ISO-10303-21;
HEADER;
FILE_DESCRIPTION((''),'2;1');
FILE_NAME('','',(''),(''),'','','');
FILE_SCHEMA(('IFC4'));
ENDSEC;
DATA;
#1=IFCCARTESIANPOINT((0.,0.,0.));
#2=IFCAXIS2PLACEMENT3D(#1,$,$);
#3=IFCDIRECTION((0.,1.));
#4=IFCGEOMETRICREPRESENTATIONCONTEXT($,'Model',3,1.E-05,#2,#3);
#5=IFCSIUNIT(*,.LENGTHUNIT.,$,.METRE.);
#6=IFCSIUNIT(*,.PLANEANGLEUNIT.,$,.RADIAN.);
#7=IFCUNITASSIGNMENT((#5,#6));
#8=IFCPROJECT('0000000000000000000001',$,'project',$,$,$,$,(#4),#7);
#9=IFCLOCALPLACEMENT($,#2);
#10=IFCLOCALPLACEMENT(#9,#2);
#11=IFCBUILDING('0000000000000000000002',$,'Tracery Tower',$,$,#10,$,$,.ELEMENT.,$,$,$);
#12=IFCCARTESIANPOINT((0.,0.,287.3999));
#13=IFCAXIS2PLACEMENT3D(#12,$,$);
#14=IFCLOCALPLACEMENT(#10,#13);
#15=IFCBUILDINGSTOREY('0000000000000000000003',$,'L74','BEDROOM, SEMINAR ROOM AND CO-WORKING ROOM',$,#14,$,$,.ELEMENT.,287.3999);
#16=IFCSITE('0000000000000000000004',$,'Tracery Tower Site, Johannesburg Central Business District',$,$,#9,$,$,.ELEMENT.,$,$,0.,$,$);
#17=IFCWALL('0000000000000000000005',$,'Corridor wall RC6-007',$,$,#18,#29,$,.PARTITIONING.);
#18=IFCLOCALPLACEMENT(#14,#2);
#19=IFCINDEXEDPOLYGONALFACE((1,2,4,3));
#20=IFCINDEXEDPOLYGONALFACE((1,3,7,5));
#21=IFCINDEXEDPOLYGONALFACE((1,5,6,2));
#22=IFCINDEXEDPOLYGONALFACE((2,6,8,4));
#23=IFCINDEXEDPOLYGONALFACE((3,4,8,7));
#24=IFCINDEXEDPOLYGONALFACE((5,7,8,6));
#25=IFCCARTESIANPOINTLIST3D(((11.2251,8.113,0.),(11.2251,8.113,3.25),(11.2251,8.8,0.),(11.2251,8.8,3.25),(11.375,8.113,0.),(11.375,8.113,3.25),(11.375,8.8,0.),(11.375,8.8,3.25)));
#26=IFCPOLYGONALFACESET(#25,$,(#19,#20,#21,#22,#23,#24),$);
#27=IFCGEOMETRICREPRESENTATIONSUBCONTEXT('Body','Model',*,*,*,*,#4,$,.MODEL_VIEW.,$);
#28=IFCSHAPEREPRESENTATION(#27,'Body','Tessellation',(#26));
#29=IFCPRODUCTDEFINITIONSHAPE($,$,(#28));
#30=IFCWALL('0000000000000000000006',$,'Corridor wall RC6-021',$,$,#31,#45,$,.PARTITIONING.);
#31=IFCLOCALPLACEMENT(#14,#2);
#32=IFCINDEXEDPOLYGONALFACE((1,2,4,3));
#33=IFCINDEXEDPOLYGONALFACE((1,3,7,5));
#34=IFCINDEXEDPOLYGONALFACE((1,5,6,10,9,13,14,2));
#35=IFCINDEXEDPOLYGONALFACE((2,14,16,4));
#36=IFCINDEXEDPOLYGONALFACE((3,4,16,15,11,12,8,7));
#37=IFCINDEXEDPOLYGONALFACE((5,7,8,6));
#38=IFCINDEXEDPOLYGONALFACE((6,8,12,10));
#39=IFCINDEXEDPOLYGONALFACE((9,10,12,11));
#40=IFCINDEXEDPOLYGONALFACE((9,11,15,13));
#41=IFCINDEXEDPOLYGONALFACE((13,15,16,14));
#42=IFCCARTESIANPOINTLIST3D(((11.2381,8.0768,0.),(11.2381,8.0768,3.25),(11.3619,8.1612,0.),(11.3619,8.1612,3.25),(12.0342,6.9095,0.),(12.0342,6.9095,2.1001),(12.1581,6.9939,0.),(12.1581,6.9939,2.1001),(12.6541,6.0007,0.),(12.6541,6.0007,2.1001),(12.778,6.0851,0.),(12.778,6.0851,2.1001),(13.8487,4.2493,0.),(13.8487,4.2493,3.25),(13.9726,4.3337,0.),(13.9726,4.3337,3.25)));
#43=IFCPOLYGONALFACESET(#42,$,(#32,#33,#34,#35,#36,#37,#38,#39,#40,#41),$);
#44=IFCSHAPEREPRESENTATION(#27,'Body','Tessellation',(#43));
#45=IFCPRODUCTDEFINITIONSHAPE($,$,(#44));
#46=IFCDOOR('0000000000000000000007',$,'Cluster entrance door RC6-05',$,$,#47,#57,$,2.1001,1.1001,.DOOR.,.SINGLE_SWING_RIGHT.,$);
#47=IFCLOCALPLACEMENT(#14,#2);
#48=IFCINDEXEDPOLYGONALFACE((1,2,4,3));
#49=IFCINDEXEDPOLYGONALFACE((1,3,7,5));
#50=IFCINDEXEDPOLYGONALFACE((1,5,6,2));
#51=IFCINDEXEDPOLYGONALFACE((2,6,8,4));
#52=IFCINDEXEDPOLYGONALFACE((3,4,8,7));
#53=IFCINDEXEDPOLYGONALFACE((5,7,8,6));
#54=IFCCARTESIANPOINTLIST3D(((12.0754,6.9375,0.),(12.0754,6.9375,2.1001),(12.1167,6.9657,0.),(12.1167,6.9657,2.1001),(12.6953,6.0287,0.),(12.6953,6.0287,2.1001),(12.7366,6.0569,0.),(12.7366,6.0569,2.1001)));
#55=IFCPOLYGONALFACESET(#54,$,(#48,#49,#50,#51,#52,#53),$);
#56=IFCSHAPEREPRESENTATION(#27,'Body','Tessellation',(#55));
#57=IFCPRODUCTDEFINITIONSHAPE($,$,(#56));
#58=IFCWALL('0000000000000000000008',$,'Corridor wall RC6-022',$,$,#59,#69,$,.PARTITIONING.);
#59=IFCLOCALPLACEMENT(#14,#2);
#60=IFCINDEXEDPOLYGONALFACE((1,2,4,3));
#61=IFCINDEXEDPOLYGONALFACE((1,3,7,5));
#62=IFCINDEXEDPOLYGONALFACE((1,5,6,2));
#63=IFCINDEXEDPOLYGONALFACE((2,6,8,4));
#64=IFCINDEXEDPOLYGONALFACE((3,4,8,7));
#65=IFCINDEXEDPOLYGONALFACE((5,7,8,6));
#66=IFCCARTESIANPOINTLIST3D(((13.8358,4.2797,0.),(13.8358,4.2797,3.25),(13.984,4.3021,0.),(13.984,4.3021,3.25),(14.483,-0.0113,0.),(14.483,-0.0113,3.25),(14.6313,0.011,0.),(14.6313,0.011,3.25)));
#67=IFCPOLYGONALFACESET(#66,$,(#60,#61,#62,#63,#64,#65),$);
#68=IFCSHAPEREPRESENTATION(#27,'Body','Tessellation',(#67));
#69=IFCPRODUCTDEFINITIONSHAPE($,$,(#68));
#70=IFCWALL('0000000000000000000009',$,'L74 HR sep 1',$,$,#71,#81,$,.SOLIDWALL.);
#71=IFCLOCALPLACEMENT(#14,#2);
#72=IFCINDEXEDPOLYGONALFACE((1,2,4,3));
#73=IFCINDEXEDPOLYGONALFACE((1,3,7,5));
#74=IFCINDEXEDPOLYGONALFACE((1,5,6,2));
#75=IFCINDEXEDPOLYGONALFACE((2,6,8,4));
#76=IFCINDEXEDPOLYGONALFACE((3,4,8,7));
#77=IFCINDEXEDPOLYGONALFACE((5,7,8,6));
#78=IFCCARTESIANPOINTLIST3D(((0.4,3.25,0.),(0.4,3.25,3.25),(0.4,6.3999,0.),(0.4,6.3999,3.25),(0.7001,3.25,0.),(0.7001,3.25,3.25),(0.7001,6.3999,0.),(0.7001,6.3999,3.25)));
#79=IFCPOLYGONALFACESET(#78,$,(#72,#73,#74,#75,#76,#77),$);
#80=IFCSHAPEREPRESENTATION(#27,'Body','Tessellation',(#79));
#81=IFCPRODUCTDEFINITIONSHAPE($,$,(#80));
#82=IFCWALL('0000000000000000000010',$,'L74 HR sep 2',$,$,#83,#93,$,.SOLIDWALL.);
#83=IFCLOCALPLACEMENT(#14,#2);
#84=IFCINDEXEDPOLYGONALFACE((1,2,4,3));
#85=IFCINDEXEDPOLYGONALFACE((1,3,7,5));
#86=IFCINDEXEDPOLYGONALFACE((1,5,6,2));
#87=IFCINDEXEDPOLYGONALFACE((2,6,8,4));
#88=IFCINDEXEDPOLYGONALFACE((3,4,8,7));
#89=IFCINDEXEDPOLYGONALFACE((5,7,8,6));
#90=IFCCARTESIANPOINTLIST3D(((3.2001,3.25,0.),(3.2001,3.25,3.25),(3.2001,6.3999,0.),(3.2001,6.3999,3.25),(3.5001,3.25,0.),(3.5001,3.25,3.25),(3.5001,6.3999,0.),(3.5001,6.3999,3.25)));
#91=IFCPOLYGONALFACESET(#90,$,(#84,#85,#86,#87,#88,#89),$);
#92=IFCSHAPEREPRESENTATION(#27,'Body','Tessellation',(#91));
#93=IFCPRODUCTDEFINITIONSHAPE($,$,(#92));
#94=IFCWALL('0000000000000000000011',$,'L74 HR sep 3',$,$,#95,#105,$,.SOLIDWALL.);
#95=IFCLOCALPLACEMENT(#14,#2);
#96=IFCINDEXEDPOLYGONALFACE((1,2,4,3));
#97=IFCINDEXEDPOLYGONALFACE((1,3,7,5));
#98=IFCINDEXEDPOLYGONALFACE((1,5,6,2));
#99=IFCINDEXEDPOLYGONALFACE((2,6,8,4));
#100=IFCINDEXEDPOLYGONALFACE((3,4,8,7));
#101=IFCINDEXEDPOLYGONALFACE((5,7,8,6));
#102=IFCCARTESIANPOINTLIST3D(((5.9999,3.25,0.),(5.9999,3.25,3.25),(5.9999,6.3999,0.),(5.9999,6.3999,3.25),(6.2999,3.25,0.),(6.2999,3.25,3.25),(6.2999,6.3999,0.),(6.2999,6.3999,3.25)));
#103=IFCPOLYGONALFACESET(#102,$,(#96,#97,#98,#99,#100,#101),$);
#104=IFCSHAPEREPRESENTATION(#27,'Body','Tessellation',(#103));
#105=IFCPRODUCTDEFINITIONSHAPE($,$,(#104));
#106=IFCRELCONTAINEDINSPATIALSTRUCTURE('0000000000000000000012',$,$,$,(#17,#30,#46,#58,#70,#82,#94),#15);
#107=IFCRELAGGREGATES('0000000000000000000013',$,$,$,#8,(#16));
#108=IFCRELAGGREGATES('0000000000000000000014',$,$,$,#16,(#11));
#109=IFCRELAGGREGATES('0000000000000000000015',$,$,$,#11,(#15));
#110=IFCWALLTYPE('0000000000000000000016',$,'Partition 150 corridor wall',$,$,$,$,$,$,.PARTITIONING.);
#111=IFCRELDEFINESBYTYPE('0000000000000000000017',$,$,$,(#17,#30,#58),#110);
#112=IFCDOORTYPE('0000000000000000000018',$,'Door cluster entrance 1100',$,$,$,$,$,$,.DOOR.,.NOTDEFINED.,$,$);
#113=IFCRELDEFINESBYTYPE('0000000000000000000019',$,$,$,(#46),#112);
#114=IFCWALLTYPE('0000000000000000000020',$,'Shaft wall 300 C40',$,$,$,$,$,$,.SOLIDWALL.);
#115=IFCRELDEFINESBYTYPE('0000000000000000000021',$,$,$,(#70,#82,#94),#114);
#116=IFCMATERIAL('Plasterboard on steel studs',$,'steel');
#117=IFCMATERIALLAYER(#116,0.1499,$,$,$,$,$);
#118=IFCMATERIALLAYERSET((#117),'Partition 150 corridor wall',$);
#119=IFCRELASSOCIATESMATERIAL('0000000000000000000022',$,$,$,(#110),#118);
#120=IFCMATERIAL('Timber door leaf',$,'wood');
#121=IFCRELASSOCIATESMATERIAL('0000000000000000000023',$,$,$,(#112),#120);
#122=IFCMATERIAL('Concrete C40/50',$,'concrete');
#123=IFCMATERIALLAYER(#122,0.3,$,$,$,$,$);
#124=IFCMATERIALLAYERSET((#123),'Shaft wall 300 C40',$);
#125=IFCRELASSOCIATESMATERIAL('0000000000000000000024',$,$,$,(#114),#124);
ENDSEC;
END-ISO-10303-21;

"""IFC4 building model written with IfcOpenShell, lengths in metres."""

from ifc_helpers import new_model, si_unit, direction, frame, frame_2d, origin, place, context, subcontext, project, spatial, rectangle, extrude, material, layer, layer_set, type_object, element, fill, save


model = new_model("IFC4")

# Units and contexts
model_context = context("Model", 3, precision=1e-05, world=origin(), true_north=direction((0.0, 1.0)))
body_context = subcontext(model_context, "Body", "Model", "MODEL_VIEW")
ifc_project = project(units=[si_unit("LENGTHUNIT", "METRE"), si_unit("PLANEANGLEUNIT", "RADIAN")], contexts=[model_context])

# Site, building, storey
site_placement = place(None, origin())
site = spatial("IfcSite", under=ifc_project, at=site_placement, Name="Tracery Tower Site, Johannesburg Central Business District", CompositionType="ELEMENT", RefElevation=0.0)
building_placement = place(site_placement, origin())
building = spatial("IfcBuilding", under=site, at=building_placement, Name="Tracery Tower", CompositionType="ELEMENT")
storey_placement = place(building_placement, frame((0.0, 0.0, 287.3999)))
storey = spatial("IfcBuildingStorey", under=building, at=storey_placement, Name="L74", Description="BEDROOM, SEMINAR ROOM AND CO-WORKING ROOM", CompositionType="ELEMENT", Elevation=287.3999)

# Wall
ifc_material_1 = material(Name="Plasterboard on steel studs", Category="steel")
ifc_layer_1 = layer(ifc_material_1, 0.1499)
ifc_layer_set_1 = layer_set([ifc_layer_1], Name="Partition 150 corridor wall")
wall_type_1 = type_object("IfcWallType", Name="Partition 150 corridor wall", PredefinedType="PARTITIONING", material=ifc_layer_set_1)
wall_1_placement = place(storey_placement, frame((11.3, 8.113, 0.0), z_axis=(0.0, 0.0, 1.0), x_axis=(0.0, 1.0, 0.0)))
element("IfcWall", 1, at=wall_1_placement, inside=storey, type_object=wall_type_1, Name="Corridor wall RC6-007", PredefinedType="PARTITIONING", context=body_context, shape_type="SweptSolid", body=[
    extrude(rectangle(XDim=0.687, YDim=0.1499, at=frame_2d((0.3435, 0.0))), origin(), (0.0, 0.0, 1.0), 3.25),
])

# Wall, opening, door
wall_2_placement = place(storey_placement, frame((11.3, 8.1189, 0.0), z_axis=(0.0, 0.0, 1.0), x_axis=(0.563486, -0.826126, 0.0)))
wall_2 = element("IfcWall", 2, at=wall_2_placement, inside=storey, type_object=wall_type_1, Name="Corridor wall RC6-021", PredefinedType="PARTITIONING", context=body_context, shape_type="SweptSolid", body=[
    extrude(rectangle(XDim=4.6331, YDim=0.1499, at=frame_2d((2.3164, 0.0))), origin(), (0.0, 0.0, 1.0), 3.25),
])
opening_1_placement = place(wall_2_placement, frame((1.4128, 0.0, 0.0)))
opening_1 = element("IfcOpeningElement", 3, at=opening_1_placement, cuts=wall_2, PredefinedType="OPENING", context=body_context, shape_type="SweptSolid", body=[
    extrude(rectangle(XDim=1.1001, YDim=2.1001, at=frame_2d((0.55, 1.05))), frame((0.0, 0.075, 0.0), z_axis=(0.0, -1.0, 0.0), x_axis=(1.0, 0.0, 0.0)), (0.0, 0.0, 1.0), 0.1499),
])
ifc_material_2 = material(Name="Timber door leaf", Category="wood")
door_type_1 = type_object("IfcDoorType", Name="Door cluster entrance 1100", OperationType="NOTDEFINED", PredefinedType="DOOR", material=ifc_material_2)
door_1_placement = place(opening_1_placement, origin())
door_1 = element("IfcDoor", 4, at=door_1_placement, inside=storey, type_object=door_type_1, Name="Cluster entrance door RC6-05", OperationType="SINGLE_SWING_RIGHT", OverallHeight=2.1001, OverallWidth=1.1001, PredefinedType="DOOR", context=body_context, shape_type="SweptSolid", body=[
    extrude(rectangle(XDim=1.1001, YDim=2.1001, at=frame_2d((0.55, 1.05))), frame((0.0, 0.0249, 0.0), z_axis=(0.0, -1.0, 0.0), x_axis=(1.0, 0.0, 0.0)), (0.0, 0.0, 1.0), 0.05),
])
fill(opening_1, door_1)

# Walls
wall_3_placement = place(storey_placement, frame((13.9099, 4.291, 0.0), z_axis=(0.0, 0.0, 1.0), x_axis=(0.149144, -0.988816, 0.0)))
element("IfcWall", 5, at=wall_3_placement, inside=storey, type_object=wall_type_1, Name="Corridor wall RC6-022", PredefinedType="PARTITIONING", context=body_context, shape_type="SweptSolid", body=[
    extrude(rectangle(XDim=4.3396, YDim=0.1499, at=frame_2d((2.1699, 0.0))), origin(), (0.0, 0.0, 1.0), 3.25),
])
ifc_material_3 = material(Name="Concrete C40/50", Category="concrete")
ifc_layer_2 = layer(ifc_material_3, 0.3)
ifc_layer_set_2 = layer_set([ifc_layer_2], Name="Shaft wall 300 C40")
wall_type_2 = type_object("IfcWallType", Name="Shaft wall 300 C40", PredefinedType="SOLIDWALL", material=ifc_layer_set_2)
for number, where, z_axis, x_axis, name in (
    (6, (0.55, 3.25, 0.0), (0.0, 0.0, 1.0), (0.0, 1.0, 0.0), "L74 HR sep 1"),
    (7, (3.3501, 3.25, 0.0), (0.0, 0.0, 1.0), (0.0, 1.0, 0.0), "L74 HR sep 2"),
    (8, (6.1499, 3.25, 0.0), (0.0, 0.0, 1.0), (0.0, 1.0, 0.0), "L74 HR sep 3"),
):
    element("IfcWall", number, at=place(storey_placement, frame(where, z_axis=z_axis, x_axis=x_axis)), inside=storey, type_object=wall_type_2, Name=name, PredefinedType="SOLIDWALL", context=body_context, shape_type="SweptSolid", body=[
        extrude(rectangle(XDim=3.1499, YDim=0.3, at=frame_2d((1.575, 0.0))), origin(), (0.0, 0.0, 1.0), 3.25),
    ])

save(model, "model.ifc")
